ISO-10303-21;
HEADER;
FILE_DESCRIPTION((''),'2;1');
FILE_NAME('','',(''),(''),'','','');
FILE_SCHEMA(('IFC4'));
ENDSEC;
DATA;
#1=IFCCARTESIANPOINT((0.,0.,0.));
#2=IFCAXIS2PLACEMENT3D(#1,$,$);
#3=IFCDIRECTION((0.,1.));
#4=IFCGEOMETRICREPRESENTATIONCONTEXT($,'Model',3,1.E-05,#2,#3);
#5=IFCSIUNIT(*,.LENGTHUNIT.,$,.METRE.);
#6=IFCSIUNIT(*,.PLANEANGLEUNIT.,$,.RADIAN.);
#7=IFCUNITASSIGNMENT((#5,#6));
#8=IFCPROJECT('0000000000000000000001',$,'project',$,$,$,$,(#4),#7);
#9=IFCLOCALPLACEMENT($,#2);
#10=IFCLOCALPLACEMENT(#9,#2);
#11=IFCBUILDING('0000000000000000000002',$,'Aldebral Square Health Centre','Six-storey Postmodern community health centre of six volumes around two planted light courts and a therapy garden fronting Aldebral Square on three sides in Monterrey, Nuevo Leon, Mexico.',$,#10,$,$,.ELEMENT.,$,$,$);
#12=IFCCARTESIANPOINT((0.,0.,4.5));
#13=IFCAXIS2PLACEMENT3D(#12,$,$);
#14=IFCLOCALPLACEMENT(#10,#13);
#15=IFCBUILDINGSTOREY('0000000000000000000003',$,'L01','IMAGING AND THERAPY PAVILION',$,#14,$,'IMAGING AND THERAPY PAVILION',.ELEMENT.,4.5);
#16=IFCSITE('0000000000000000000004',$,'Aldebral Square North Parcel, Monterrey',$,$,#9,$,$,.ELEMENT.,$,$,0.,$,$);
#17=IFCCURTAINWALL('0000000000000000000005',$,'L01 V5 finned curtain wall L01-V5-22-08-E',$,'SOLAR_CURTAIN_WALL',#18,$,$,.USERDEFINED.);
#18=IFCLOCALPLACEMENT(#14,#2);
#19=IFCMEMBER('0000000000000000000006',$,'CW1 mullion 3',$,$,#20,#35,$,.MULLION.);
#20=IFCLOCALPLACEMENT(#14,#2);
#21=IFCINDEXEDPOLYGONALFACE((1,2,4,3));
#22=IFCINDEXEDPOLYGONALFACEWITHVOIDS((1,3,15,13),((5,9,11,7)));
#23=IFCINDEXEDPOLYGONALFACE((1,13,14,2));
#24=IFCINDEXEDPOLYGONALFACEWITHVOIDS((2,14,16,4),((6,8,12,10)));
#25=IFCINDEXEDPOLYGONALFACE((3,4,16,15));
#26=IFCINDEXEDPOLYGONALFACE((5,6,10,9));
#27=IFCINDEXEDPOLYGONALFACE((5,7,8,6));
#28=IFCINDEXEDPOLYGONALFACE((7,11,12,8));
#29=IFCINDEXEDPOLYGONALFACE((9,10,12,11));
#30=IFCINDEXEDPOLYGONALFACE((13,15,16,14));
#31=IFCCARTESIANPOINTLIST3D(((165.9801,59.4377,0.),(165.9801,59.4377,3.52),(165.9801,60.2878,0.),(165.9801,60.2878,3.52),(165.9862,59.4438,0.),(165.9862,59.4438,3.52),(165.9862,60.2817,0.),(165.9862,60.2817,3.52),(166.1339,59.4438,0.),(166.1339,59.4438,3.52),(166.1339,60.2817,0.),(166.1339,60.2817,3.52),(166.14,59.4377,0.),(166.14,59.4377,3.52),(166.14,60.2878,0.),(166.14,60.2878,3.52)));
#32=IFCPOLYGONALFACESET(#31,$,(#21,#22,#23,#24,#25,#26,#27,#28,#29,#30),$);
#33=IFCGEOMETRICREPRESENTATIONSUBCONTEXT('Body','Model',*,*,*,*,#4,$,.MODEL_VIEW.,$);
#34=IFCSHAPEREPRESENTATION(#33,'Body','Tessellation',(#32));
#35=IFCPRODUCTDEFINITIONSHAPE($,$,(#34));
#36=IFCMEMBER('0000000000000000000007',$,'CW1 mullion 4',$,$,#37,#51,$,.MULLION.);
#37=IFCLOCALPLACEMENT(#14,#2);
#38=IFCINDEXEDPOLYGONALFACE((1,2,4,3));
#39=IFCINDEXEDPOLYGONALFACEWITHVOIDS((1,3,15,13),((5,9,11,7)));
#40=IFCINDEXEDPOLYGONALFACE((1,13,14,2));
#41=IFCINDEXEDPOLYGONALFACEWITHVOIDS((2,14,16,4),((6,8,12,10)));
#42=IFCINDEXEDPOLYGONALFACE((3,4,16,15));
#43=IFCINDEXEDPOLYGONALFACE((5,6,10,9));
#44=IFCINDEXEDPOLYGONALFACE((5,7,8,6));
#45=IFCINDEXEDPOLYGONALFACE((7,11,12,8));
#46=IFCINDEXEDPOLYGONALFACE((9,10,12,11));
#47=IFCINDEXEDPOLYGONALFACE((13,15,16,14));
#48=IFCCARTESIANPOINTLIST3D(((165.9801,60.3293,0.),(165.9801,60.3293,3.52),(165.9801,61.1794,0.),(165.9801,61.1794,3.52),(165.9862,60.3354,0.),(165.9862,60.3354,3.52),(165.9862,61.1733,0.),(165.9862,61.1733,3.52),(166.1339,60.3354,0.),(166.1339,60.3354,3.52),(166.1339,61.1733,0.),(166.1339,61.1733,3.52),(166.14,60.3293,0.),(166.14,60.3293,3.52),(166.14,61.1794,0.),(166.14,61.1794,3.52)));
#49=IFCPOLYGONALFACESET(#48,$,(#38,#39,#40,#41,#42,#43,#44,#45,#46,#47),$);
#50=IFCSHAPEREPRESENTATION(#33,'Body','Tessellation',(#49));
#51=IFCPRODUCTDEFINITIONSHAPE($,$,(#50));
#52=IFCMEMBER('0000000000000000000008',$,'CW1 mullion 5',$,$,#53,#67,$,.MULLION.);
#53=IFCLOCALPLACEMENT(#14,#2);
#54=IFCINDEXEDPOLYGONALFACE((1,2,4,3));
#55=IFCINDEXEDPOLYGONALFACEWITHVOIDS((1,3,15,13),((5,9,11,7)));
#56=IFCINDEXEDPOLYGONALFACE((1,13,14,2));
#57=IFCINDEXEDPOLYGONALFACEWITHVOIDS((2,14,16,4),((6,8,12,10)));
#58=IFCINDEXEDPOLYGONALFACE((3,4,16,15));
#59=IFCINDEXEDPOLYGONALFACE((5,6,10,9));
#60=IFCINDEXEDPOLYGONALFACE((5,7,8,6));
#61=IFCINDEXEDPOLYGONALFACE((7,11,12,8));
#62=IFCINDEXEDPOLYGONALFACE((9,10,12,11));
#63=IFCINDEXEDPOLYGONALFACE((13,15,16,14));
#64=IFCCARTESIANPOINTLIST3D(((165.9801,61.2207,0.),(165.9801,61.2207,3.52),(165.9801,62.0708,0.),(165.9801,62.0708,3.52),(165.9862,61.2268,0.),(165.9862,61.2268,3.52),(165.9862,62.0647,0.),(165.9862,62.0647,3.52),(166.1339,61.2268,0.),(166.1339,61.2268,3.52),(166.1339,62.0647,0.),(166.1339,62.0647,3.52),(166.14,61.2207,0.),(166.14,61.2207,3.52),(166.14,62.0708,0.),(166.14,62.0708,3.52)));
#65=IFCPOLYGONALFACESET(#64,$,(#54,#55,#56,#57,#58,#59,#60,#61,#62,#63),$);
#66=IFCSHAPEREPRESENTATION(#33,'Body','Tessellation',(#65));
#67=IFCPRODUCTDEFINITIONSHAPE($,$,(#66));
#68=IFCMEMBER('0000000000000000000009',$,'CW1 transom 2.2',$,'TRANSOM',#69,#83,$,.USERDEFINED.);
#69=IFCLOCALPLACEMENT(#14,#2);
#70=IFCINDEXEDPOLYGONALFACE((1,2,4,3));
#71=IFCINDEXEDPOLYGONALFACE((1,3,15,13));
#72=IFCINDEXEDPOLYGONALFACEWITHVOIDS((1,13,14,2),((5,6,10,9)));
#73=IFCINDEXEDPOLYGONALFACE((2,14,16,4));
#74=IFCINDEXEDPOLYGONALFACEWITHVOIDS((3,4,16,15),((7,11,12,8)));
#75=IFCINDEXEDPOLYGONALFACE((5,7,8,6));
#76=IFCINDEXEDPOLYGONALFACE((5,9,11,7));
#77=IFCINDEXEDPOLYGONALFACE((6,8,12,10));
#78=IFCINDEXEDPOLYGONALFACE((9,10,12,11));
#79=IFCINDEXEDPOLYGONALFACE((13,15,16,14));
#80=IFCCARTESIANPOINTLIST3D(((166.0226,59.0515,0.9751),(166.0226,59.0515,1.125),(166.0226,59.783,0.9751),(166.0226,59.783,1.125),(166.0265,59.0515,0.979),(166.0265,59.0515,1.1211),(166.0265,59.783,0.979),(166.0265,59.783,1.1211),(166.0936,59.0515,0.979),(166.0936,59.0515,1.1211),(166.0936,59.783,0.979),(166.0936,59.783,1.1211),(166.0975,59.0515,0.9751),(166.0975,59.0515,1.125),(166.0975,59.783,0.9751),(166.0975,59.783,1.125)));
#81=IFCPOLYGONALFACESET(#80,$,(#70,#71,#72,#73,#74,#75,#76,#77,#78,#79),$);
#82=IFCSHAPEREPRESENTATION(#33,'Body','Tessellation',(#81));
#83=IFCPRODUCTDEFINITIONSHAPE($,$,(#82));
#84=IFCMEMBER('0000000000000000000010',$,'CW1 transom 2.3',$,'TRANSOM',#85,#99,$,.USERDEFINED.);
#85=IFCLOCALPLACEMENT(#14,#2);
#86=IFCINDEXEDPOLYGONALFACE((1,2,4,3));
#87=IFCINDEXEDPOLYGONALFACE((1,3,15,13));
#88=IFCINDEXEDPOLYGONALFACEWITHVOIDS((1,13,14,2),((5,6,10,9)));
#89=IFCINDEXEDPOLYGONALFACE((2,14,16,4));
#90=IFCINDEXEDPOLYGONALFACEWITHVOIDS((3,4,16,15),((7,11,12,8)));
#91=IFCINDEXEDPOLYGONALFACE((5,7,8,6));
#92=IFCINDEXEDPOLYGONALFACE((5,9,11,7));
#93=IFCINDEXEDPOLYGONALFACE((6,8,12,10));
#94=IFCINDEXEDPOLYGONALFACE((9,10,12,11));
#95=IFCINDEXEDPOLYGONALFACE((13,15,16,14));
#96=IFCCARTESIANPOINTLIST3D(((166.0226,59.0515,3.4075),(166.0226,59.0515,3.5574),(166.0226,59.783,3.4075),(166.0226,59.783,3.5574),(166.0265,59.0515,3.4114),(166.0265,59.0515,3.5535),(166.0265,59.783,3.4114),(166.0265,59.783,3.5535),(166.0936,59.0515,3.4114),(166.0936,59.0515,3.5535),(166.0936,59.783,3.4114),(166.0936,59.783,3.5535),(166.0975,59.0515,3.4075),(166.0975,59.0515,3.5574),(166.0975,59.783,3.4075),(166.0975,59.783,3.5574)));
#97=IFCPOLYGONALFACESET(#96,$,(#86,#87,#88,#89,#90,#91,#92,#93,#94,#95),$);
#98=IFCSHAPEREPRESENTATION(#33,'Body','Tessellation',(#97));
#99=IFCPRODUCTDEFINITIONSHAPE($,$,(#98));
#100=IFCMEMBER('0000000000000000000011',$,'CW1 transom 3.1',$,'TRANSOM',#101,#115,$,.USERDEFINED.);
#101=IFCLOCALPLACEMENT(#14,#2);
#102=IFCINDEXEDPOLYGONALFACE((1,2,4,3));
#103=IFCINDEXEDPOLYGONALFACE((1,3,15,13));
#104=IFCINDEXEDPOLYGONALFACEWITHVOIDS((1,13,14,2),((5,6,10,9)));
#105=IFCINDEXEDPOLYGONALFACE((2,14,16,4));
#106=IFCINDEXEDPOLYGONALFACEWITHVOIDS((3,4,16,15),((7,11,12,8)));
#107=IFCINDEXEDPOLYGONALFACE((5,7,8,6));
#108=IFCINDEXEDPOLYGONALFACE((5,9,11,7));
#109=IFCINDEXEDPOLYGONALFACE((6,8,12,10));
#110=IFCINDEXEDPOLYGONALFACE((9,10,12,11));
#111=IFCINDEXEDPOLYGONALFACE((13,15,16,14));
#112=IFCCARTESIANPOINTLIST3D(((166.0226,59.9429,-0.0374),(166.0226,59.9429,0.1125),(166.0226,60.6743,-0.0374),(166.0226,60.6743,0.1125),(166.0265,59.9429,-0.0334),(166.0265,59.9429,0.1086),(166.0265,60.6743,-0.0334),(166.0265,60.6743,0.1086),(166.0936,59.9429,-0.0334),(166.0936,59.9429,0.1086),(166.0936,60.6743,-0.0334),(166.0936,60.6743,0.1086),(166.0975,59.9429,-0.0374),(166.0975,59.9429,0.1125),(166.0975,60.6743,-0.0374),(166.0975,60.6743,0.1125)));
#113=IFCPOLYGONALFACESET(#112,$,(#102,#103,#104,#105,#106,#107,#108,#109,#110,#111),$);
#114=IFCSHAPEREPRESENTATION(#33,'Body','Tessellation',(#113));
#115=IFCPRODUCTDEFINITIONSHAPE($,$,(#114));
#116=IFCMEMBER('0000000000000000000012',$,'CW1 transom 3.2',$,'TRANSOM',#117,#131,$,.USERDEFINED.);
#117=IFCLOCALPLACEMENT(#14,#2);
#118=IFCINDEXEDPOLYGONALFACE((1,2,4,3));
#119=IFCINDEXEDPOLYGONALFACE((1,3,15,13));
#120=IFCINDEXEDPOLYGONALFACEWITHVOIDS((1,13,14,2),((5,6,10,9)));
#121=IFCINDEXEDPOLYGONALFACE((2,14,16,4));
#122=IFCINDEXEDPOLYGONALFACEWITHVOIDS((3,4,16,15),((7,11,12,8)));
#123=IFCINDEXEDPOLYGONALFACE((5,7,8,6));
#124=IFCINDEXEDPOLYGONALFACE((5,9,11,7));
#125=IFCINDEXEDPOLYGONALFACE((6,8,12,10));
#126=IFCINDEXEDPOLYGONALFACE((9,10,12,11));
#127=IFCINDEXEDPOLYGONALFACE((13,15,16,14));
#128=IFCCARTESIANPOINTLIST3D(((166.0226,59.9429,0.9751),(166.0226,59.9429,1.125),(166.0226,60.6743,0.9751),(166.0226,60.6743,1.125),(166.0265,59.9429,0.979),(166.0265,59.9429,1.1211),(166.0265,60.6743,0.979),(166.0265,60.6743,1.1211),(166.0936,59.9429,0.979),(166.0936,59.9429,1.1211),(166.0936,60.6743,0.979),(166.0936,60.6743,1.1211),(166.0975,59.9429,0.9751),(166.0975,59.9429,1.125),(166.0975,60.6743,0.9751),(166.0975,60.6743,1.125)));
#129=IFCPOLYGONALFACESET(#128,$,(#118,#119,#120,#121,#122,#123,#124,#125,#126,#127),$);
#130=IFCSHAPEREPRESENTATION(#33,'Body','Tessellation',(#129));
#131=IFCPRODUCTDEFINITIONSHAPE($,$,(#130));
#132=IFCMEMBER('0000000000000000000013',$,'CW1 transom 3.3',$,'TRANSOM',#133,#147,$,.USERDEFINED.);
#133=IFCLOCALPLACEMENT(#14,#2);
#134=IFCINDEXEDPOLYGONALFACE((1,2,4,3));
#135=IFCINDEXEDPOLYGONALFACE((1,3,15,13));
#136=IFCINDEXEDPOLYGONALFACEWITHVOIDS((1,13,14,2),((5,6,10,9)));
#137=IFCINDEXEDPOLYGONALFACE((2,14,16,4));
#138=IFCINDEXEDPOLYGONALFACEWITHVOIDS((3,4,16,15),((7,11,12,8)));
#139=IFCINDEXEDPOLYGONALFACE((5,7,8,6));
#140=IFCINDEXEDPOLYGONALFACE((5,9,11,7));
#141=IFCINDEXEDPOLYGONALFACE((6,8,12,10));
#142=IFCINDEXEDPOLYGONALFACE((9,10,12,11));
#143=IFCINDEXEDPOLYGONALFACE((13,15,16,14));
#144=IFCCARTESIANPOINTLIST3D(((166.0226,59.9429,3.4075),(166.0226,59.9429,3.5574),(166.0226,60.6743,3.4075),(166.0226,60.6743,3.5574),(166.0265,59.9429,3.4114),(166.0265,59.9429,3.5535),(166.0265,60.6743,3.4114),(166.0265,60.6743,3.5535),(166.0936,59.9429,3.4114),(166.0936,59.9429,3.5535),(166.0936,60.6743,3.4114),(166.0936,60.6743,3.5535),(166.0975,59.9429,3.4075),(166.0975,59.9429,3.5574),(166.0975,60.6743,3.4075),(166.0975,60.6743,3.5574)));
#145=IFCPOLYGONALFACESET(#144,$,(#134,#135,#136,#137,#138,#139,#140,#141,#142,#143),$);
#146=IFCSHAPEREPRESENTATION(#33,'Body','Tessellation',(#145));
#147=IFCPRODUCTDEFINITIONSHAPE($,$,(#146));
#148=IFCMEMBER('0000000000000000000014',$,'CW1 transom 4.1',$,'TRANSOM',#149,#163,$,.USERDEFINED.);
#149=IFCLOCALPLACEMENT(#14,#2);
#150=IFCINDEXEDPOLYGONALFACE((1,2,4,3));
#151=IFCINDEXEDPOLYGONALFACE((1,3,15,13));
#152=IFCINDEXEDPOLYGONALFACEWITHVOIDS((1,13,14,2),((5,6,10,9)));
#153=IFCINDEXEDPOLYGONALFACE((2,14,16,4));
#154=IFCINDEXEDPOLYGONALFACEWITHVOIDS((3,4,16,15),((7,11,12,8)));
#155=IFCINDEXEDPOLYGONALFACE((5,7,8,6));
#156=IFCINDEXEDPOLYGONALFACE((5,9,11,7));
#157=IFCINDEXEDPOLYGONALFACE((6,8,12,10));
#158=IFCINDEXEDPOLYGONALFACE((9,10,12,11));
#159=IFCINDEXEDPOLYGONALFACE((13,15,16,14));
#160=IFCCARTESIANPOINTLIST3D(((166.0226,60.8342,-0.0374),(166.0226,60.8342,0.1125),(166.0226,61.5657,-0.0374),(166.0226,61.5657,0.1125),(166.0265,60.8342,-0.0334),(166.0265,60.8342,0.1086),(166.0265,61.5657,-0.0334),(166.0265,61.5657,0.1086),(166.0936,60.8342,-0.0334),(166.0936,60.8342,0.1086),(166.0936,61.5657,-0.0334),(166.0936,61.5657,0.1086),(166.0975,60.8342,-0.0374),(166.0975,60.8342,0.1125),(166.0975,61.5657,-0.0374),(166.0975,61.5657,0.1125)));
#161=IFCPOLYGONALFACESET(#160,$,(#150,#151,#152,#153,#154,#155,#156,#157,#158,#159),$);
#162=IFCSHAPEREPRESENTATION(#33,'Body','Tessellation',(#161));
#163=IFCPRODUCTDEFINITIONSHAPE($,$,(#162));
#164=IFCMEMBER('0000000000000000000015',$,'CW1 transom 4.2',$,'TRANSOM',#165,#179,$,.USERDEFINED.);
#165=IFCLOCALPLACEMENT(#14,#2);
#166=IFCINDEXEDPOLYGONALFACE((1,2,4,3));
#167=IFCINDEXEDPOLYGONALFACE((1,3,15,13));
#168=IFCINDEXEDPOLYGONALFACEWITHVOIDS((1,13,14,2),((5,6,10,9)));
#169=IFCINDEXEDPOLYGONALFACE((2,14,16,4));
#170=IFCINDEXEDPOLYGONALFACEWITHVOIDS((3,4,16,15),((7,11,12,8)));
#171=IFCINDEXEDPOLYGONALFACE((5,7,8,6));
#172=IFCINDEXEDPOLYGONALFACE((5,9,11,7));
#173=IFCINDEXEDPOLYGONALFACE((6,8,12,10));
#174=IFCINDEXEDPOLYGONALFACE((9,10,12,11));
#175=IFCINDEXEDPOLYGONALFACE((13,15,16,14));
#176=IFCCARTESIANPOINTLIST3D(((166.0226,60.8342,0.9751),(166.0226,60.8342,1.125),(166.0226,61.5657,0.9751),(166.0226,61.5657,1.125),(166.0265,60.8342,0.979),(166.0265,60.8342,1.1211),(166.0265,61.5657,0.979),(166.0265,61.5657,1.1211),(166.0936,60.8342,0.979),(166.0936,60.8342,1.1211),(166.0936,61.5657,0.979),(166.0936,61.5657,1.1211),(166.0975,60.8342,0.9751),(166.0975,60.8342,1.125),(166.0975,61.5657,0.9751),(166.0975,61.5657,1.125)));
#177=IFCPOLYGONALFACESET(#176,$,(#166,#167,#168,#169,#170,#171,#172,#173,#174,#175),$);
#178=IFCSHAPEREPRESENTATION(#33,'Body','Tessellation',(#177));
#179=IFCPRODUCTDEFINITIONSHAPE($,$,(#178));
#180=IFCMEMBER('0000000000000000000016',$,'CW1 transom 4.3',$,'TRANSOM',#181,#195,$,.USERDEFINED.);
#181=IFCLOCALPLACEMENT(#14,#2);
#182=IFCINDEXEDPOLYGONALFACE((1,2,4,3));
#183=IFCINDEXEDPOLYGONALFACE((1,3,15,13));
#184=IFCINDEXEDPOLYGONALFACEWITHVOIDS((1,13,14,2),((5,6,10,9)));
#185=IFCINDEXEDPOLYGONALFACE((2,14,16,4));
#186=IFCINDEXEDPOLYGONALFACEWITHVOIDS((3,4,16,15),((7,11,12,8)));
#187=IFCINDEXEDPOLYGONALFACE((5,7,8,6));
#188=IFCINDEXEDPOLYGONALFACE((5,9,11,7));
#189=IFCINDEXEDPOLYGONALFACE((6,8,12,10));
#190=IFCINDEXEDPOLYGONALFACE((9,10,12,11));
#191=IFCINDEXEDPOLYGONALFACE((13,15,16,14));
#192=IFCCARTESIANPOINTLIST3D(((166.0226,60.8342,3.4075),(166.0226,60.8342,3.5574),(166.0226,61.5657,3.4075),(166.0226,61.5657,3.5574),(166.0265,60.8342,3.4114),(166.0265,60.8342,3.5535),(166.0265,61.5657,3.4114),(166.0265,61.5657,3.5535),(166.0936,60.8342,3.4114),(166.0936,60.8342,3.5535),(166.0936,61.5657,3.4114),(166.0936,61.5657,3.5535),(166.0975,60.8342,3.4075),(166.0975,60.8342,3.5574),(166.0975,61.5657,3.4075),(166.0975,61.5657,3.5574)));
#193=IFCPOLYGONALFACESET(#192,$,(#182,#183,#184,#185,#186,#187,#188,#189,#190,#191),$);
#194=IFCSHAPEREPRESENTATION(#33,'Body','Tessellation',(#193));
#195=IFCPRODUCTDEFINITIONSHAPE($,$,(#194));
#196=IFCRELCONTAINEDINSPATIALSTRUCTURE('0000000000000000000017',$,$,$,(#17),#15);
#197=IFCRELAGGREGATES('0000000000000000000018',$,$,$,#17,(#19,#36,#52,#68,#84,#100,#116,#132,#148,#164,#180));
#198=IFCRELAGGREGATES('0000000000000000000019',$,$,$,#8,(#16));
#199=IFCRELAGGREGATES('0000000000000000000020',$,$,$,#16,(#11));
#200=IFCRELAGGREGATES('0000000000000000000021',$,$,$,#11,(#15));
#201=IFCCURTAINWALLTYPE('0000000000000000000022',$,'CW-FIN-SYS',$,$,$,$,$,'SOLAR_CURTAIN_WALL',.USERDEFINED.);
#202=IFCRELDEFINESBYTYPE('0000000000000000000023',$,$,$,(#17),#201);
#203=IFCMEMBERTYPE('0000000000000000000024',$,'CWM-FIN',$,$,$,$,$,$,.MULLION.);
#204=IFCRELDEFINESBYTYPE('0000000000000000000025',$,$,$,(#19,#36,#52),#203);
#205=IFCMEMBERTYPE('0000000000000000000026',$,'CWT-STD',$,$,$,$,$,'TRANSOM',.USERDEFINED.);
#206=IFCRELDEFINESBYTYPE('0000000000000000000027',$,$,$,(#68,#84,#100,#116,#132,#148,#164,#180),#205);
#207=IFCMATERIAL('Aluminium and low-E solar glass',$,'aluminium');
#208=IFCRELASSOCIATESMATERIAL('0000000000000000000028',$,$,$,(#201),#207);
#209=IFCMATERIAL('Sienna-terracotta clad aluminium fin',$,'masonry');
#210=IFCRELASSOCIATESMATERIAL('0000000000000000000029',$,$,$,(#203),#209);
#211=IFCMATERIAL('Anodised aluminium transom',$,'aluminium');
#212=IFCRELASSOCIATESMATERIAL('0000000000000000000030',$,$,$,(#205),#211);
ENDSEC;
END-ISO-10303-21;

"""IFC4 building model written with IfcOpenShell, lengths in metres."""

from ifc_helpers import new_model, si_unit, direction, frame, origin, origin_2d, place, context, subcontext, project, spatial, hollow_rectangle, extrude, material, material_profile, profile_set, type_object, element, aggregate, save


model = new_model("IFC4")

# Units and contexts
model_context = context("Model", 3, precision=1e-05, world=origin(), true_north=direction((0.0, 1.0)))
body_context = subcontext(model_context, "Body", "Model", "MODEL_VIEW")
ifc_project = project(units=[si_unit("LENGTHUNIT", "METRE"), si_unit("PLANEANGLEUNIT", "RADIAN")], contexts=[model_context])

# Site, building, storey
site_placement = place(None, origin())
site = spatial("IfcSite", under=ifc_project, at=site_placement, Name="Aldebral Square North Parcel, Monterrey", CompositionType="ELEMENT", RefElevation=0.0)
building_placement = place(site_placement, origin())
building = spatial("IfcBuilding", under=site, at=building_placement, Name="Aldebral Square Health Centre", Description="Six-storey Postmodern community health centre of six volumes around two planted light courts and a therapy garden fronting Aldebral Square on three sides in Monterrey, Nuevo Leon, Mexico.", CompositionType="ELEMENT")
storey_placement = place(building_placement, frame((0.0, 0.0, 4.5)))
storey = spatial("IfcBuildingStorey", under=building, at=storey_placement, Name="L01", Description="IMAGING AND THERAPY PAVILION", LongName="IMAGING AND THERAPY PAVILION", CompositionType="ELEMENT", Elevation=4.5)

# Curtain wall, members
ifc_material_1 = material(Name="Aluminium and low-E solar glass", Category="aluminium")
curtain_wall_type = type_object("IfcCurtainWallType", Name="CW-FIN-SYS", ElementType="SOLAR_CURTAIN_WALL", PredefinedType="USERDEFINED", material=ifc_material_1)
curtain_wall_placement = place(storey_placement, origin())
curtain_wall = element("IfcCurtainWall", 1, at=curtain_wall_placement, inside=storey, type_object=curtain_wall_type, Name="L01 V5 finned curtain wall L01-V5-22-08-E", ObjectType="SOLAR_CURTAIN_WALL", PredefinedType="USERDEFINED")
ifc_material_2 = material(Name="Sienna-terracotta clad aluminium fin", Category="masonry")
ifc_material_profile_1 = material_profile(ifc_material_2, hollow_rectangle(XDim=0.1599, YDim=0.8501, WallThickness=0.0061, at=origin_2d()), Name="FIN 160x850x6")
ifc_profile_set_1 = profile_set([ifc_material_profile_1], Name="Sienna-terracotta clad aluminium fin")
member_type_1 = type_object("IfcMemberType", Name="CWM-FIN", PredefinedType="MULLION", material=ifc_profile_set_1)
member_1_placement = place(storey_placement, frame((166.0601, 59.8628, 0.0), z_axis=(0.0, 0.0, 1.0), x_axis=(-1.0, 0.0, 0.0)))
member_1 = element("IfcMember", 2, at=member_1_placement, type_object=member_type_1, Name="CW1 mullion 3", PredefinedType="MULLION", context=body_context, shape_type="SweptSolid", body=[
    extrude(hollow_rectangle(XDim=0.1599, YDim=0.8501, WallThickness=0.0061, at=origin_2d()), origin(), (0.0, 0.0, 1.0), 3.52),
])
member_2_placement = place(storey_placement, frame((166.0601, 60.7544, 0.0), z_axis=(0.0, 0.0, 1.0), x_axis=(-1.0, 0.0, 0.0)))
member_2 = element("IfcMember", 3, at=member_2_placement, type_object=member_type_1, Name="CW1 mullion 4", PredefinedType="MULLION", context=body_context, shape_type="SweptSolid", body=[
    extrude(hollow_rectangle(XDim=0.1599, YDim=0.8501, WallThickness=0.0061, at=origin_2d()), origin(), (0.0, 0.0, 1.0), 3.52),
])
member_3_placement = place(storey_placement, frame((166.0601, 61.6458, 0.0), z_axis=(0.0, 0.0, 1.0), x_axis=(-1.0, 0.0, 0.0)))
member_3 = element("IfcMember", 4, at=member_3_placement, type_object=member_type_1, Name="CW1 mullion 5", PredefinedType="MULLION", context=body_context, shape_type="SweptSolid", body=[
    extrude(hollow_rectangle(XDim=0.1599, YDim=0.8501, WallThickness=0.0061, at=origin_2d()), origin(), (0.0, 0.0, 1.0), 3.52),
])
ifc_material_3 = material(Name="Anodised aluminium transom", Category="aluminium")
ifc_material_profile_2 = material_profile(ifc_material_3, hollow_rectangle(XDim=0.075, YDim=0.1499, WallThickness=0.0039, at=origin_2d()), Name="CWT 75x150x4")
ifc_profile_set_2 = profile_set([ifc_material_profile_2], Name="Anodised aluminium transom")
member_type_2 = type_object("IfcMemberType", Name="CWT-STD", ElementType="TRANSOM", PredefinedType="USERDEFINED", material=ifc_profile_set_2)
member_4_placement = place(storey_placement, frame((166.0601, 59.0515, 1.05), z_axis=(0.0, 1.0, 0.0), x_axis=(-1.0, 0.0, 0.0)))
member_4 = element("IfcMember", 5, at=member_4_placement, type_object=member_type_2, Name="CW1 transom 2.2", ObjectType="TRANSOM", PredefinedType="USERDEFINED", context=body_context, shape_type="SweptSolid", body=[
    extrude(hollow_rectangle(XDim=0.075, YDim=0.1499, WallThickness=0.0039, at=origin_2d()), origin(), (0.0, 0.0, 1.0), 0.7314),
])
member_5_placement = place(storey_placement, frame((166.0601, 59.0515, 3.4824), z_axis=(0.0, 1.0, 0.0), x_axis=(-1.0, 0.0, 0.0)))
member_5 = element("IfcMember", 6, at=member_5_placement, type_object=member_type_2, Name="CW1 transom 2.3", ObjectType="TRANSOM", PredefinedType="USERDEFINED", context=body_context, shape_type="SweptSolid", body=[
    extrude(hollow_rectangle(XDim=0.075, YDim=0.1499, WallThickness=0.0039, at=origin_2d()), origin(), (0.0, 0.0, 1.0), 0.7314),
])
member_6_placement = place(storey_placement, frame((166.0601, 59.9429, 0.0376), z_axis=(0.0, 1.0, 0.0), x_axis=(-1.0, 0.0, 0.0)))
member_6 = element("IfcMember", 7, at=member_6_placement, type_object=member_type_2, Name="CW1 transom 3.1", ObjectType="TRANSOM", PredefinedType="USERDEFINED", context=body_context, shape_type="SweptSolid", body=[
    extrude(hollow_rectangle(XDim=0.075, YDim=0.1499, WallThickness=0.0039, at=origin_2d()), origin(), (0.0, 0.0, 1.0), 0.7314),
])
member_7_placement = place(storey_placement, frame((166.0601, 59.9429, 1.05), z_axis=(0.0, 1.0, 0.0), x_axis=(-1.0, 0.0, 0.0)))
member_7 = element("IfcMember", 8, at=member_7_placement, type_object=member_type_2, Name="CW1 transom 3.2", ObjectType="TRANSOM", PredefinedType="USERDEFINED", context=body_context, shape_type="SweptSolid", body=[
    extrude(hollow_rectangle(XDim=0.075, YDim=0.1499, WallThickness=0.0039, at=origin_2d()), origin(), (0.0, 0.0, 1.0), 0.7314),
])
member_8_placement = place(storey_placement, frame((166.0601, 59.9429, 3.4824), z_axis=(0.0, 1.0, 0.0), x_axis=(-1.0, 0.0, 0.0)))
member_8 = element("IfcMember", 9, at=member_8_placement, type_object=member_type_2, Name="CW1 transom 3.3", ObjectType="TRANSOM", PredefinedType="USERDEFINED", context=body_context, shape_type="SweptSolid", body=[
    extrude(hollow_rectangle(XDim=0.075, YDim=0.1499, WallThickness=0.0039, at=origin_2d()), origin(), (0.0, 0.0, 1.0), 0.7314),
])
member_9_placement = place(storey_placement, frame((166.0601, 60.8342, 0.0376), z_axis=(0.0, 1.0, 0.0), x_axis=(-1.0, 0.0, 0.0)))
member_9 = element("IfcMember", 10, at=member_9_placement, type_object=member_type_2, Name="CW1 transom 4.1", ObjectType="TRANSOM", PredefinedType="USERDEFINED", context=body_context, shape_type="SweptSolid", body=[
    extrude(hollow_rectangle(XDim=0.075, YDim=0.1499, WallThickness=0.0039, at=origin_2d()), origin(), (0.0, 0.0, 1.0), 0.7314),
])
member_10_placement = place(storey_placement, frame((166.0601, 60.8342, 1.05), z_axis=(0.0, 1.0, 0.0), x_axis=(-1.0, 0.0, 0.0)))
member_10 = element("IfcMember", 11, at=member_10_placement, type_object=member_type_2, Name="CW1 transom 4.2", ObjectType="TRANSOM", PredefinedType="USERDEFINED", context=body_context, shape_type="SweptSolid", body=[
    extrude(hollow_rectangle(XDim=0.075, YDim=0.1499, WallThickness=0.0039, at=origin_2d()), origin(), (0.0, 0.0, 1.0), 0.7314),
])
member_11_placement = place(storey_placement, frame((166.0601, 60.8342, 3.4824), z_axis=(0.0, 1.0, 0.0), x_axis=(-1.0, 0.0, 0.0)))
member_11 = element("IfcMember", 12, at=member_11_placement, type_object=member_type_2, Name="CW1 transom 4.3", ObjectType="TRANSOM", PredefinedType="USERDEFINED", context=body_context, shape_type="SweptSolid", body=[
    extrude(hollow_rectangle(XDim=0.075, YDim=0.1499, WallThickness=0.0039, at=origin_2d()), origin(), (0.0, 0.0, 1.0), 0.7314),
])
aggregate(curtain_wall, [member_1, member_2, member_3, member_4, member_5, member_6, member_7, member_8, member_9, member_10, member_11])

save(model, "model.ifc")
